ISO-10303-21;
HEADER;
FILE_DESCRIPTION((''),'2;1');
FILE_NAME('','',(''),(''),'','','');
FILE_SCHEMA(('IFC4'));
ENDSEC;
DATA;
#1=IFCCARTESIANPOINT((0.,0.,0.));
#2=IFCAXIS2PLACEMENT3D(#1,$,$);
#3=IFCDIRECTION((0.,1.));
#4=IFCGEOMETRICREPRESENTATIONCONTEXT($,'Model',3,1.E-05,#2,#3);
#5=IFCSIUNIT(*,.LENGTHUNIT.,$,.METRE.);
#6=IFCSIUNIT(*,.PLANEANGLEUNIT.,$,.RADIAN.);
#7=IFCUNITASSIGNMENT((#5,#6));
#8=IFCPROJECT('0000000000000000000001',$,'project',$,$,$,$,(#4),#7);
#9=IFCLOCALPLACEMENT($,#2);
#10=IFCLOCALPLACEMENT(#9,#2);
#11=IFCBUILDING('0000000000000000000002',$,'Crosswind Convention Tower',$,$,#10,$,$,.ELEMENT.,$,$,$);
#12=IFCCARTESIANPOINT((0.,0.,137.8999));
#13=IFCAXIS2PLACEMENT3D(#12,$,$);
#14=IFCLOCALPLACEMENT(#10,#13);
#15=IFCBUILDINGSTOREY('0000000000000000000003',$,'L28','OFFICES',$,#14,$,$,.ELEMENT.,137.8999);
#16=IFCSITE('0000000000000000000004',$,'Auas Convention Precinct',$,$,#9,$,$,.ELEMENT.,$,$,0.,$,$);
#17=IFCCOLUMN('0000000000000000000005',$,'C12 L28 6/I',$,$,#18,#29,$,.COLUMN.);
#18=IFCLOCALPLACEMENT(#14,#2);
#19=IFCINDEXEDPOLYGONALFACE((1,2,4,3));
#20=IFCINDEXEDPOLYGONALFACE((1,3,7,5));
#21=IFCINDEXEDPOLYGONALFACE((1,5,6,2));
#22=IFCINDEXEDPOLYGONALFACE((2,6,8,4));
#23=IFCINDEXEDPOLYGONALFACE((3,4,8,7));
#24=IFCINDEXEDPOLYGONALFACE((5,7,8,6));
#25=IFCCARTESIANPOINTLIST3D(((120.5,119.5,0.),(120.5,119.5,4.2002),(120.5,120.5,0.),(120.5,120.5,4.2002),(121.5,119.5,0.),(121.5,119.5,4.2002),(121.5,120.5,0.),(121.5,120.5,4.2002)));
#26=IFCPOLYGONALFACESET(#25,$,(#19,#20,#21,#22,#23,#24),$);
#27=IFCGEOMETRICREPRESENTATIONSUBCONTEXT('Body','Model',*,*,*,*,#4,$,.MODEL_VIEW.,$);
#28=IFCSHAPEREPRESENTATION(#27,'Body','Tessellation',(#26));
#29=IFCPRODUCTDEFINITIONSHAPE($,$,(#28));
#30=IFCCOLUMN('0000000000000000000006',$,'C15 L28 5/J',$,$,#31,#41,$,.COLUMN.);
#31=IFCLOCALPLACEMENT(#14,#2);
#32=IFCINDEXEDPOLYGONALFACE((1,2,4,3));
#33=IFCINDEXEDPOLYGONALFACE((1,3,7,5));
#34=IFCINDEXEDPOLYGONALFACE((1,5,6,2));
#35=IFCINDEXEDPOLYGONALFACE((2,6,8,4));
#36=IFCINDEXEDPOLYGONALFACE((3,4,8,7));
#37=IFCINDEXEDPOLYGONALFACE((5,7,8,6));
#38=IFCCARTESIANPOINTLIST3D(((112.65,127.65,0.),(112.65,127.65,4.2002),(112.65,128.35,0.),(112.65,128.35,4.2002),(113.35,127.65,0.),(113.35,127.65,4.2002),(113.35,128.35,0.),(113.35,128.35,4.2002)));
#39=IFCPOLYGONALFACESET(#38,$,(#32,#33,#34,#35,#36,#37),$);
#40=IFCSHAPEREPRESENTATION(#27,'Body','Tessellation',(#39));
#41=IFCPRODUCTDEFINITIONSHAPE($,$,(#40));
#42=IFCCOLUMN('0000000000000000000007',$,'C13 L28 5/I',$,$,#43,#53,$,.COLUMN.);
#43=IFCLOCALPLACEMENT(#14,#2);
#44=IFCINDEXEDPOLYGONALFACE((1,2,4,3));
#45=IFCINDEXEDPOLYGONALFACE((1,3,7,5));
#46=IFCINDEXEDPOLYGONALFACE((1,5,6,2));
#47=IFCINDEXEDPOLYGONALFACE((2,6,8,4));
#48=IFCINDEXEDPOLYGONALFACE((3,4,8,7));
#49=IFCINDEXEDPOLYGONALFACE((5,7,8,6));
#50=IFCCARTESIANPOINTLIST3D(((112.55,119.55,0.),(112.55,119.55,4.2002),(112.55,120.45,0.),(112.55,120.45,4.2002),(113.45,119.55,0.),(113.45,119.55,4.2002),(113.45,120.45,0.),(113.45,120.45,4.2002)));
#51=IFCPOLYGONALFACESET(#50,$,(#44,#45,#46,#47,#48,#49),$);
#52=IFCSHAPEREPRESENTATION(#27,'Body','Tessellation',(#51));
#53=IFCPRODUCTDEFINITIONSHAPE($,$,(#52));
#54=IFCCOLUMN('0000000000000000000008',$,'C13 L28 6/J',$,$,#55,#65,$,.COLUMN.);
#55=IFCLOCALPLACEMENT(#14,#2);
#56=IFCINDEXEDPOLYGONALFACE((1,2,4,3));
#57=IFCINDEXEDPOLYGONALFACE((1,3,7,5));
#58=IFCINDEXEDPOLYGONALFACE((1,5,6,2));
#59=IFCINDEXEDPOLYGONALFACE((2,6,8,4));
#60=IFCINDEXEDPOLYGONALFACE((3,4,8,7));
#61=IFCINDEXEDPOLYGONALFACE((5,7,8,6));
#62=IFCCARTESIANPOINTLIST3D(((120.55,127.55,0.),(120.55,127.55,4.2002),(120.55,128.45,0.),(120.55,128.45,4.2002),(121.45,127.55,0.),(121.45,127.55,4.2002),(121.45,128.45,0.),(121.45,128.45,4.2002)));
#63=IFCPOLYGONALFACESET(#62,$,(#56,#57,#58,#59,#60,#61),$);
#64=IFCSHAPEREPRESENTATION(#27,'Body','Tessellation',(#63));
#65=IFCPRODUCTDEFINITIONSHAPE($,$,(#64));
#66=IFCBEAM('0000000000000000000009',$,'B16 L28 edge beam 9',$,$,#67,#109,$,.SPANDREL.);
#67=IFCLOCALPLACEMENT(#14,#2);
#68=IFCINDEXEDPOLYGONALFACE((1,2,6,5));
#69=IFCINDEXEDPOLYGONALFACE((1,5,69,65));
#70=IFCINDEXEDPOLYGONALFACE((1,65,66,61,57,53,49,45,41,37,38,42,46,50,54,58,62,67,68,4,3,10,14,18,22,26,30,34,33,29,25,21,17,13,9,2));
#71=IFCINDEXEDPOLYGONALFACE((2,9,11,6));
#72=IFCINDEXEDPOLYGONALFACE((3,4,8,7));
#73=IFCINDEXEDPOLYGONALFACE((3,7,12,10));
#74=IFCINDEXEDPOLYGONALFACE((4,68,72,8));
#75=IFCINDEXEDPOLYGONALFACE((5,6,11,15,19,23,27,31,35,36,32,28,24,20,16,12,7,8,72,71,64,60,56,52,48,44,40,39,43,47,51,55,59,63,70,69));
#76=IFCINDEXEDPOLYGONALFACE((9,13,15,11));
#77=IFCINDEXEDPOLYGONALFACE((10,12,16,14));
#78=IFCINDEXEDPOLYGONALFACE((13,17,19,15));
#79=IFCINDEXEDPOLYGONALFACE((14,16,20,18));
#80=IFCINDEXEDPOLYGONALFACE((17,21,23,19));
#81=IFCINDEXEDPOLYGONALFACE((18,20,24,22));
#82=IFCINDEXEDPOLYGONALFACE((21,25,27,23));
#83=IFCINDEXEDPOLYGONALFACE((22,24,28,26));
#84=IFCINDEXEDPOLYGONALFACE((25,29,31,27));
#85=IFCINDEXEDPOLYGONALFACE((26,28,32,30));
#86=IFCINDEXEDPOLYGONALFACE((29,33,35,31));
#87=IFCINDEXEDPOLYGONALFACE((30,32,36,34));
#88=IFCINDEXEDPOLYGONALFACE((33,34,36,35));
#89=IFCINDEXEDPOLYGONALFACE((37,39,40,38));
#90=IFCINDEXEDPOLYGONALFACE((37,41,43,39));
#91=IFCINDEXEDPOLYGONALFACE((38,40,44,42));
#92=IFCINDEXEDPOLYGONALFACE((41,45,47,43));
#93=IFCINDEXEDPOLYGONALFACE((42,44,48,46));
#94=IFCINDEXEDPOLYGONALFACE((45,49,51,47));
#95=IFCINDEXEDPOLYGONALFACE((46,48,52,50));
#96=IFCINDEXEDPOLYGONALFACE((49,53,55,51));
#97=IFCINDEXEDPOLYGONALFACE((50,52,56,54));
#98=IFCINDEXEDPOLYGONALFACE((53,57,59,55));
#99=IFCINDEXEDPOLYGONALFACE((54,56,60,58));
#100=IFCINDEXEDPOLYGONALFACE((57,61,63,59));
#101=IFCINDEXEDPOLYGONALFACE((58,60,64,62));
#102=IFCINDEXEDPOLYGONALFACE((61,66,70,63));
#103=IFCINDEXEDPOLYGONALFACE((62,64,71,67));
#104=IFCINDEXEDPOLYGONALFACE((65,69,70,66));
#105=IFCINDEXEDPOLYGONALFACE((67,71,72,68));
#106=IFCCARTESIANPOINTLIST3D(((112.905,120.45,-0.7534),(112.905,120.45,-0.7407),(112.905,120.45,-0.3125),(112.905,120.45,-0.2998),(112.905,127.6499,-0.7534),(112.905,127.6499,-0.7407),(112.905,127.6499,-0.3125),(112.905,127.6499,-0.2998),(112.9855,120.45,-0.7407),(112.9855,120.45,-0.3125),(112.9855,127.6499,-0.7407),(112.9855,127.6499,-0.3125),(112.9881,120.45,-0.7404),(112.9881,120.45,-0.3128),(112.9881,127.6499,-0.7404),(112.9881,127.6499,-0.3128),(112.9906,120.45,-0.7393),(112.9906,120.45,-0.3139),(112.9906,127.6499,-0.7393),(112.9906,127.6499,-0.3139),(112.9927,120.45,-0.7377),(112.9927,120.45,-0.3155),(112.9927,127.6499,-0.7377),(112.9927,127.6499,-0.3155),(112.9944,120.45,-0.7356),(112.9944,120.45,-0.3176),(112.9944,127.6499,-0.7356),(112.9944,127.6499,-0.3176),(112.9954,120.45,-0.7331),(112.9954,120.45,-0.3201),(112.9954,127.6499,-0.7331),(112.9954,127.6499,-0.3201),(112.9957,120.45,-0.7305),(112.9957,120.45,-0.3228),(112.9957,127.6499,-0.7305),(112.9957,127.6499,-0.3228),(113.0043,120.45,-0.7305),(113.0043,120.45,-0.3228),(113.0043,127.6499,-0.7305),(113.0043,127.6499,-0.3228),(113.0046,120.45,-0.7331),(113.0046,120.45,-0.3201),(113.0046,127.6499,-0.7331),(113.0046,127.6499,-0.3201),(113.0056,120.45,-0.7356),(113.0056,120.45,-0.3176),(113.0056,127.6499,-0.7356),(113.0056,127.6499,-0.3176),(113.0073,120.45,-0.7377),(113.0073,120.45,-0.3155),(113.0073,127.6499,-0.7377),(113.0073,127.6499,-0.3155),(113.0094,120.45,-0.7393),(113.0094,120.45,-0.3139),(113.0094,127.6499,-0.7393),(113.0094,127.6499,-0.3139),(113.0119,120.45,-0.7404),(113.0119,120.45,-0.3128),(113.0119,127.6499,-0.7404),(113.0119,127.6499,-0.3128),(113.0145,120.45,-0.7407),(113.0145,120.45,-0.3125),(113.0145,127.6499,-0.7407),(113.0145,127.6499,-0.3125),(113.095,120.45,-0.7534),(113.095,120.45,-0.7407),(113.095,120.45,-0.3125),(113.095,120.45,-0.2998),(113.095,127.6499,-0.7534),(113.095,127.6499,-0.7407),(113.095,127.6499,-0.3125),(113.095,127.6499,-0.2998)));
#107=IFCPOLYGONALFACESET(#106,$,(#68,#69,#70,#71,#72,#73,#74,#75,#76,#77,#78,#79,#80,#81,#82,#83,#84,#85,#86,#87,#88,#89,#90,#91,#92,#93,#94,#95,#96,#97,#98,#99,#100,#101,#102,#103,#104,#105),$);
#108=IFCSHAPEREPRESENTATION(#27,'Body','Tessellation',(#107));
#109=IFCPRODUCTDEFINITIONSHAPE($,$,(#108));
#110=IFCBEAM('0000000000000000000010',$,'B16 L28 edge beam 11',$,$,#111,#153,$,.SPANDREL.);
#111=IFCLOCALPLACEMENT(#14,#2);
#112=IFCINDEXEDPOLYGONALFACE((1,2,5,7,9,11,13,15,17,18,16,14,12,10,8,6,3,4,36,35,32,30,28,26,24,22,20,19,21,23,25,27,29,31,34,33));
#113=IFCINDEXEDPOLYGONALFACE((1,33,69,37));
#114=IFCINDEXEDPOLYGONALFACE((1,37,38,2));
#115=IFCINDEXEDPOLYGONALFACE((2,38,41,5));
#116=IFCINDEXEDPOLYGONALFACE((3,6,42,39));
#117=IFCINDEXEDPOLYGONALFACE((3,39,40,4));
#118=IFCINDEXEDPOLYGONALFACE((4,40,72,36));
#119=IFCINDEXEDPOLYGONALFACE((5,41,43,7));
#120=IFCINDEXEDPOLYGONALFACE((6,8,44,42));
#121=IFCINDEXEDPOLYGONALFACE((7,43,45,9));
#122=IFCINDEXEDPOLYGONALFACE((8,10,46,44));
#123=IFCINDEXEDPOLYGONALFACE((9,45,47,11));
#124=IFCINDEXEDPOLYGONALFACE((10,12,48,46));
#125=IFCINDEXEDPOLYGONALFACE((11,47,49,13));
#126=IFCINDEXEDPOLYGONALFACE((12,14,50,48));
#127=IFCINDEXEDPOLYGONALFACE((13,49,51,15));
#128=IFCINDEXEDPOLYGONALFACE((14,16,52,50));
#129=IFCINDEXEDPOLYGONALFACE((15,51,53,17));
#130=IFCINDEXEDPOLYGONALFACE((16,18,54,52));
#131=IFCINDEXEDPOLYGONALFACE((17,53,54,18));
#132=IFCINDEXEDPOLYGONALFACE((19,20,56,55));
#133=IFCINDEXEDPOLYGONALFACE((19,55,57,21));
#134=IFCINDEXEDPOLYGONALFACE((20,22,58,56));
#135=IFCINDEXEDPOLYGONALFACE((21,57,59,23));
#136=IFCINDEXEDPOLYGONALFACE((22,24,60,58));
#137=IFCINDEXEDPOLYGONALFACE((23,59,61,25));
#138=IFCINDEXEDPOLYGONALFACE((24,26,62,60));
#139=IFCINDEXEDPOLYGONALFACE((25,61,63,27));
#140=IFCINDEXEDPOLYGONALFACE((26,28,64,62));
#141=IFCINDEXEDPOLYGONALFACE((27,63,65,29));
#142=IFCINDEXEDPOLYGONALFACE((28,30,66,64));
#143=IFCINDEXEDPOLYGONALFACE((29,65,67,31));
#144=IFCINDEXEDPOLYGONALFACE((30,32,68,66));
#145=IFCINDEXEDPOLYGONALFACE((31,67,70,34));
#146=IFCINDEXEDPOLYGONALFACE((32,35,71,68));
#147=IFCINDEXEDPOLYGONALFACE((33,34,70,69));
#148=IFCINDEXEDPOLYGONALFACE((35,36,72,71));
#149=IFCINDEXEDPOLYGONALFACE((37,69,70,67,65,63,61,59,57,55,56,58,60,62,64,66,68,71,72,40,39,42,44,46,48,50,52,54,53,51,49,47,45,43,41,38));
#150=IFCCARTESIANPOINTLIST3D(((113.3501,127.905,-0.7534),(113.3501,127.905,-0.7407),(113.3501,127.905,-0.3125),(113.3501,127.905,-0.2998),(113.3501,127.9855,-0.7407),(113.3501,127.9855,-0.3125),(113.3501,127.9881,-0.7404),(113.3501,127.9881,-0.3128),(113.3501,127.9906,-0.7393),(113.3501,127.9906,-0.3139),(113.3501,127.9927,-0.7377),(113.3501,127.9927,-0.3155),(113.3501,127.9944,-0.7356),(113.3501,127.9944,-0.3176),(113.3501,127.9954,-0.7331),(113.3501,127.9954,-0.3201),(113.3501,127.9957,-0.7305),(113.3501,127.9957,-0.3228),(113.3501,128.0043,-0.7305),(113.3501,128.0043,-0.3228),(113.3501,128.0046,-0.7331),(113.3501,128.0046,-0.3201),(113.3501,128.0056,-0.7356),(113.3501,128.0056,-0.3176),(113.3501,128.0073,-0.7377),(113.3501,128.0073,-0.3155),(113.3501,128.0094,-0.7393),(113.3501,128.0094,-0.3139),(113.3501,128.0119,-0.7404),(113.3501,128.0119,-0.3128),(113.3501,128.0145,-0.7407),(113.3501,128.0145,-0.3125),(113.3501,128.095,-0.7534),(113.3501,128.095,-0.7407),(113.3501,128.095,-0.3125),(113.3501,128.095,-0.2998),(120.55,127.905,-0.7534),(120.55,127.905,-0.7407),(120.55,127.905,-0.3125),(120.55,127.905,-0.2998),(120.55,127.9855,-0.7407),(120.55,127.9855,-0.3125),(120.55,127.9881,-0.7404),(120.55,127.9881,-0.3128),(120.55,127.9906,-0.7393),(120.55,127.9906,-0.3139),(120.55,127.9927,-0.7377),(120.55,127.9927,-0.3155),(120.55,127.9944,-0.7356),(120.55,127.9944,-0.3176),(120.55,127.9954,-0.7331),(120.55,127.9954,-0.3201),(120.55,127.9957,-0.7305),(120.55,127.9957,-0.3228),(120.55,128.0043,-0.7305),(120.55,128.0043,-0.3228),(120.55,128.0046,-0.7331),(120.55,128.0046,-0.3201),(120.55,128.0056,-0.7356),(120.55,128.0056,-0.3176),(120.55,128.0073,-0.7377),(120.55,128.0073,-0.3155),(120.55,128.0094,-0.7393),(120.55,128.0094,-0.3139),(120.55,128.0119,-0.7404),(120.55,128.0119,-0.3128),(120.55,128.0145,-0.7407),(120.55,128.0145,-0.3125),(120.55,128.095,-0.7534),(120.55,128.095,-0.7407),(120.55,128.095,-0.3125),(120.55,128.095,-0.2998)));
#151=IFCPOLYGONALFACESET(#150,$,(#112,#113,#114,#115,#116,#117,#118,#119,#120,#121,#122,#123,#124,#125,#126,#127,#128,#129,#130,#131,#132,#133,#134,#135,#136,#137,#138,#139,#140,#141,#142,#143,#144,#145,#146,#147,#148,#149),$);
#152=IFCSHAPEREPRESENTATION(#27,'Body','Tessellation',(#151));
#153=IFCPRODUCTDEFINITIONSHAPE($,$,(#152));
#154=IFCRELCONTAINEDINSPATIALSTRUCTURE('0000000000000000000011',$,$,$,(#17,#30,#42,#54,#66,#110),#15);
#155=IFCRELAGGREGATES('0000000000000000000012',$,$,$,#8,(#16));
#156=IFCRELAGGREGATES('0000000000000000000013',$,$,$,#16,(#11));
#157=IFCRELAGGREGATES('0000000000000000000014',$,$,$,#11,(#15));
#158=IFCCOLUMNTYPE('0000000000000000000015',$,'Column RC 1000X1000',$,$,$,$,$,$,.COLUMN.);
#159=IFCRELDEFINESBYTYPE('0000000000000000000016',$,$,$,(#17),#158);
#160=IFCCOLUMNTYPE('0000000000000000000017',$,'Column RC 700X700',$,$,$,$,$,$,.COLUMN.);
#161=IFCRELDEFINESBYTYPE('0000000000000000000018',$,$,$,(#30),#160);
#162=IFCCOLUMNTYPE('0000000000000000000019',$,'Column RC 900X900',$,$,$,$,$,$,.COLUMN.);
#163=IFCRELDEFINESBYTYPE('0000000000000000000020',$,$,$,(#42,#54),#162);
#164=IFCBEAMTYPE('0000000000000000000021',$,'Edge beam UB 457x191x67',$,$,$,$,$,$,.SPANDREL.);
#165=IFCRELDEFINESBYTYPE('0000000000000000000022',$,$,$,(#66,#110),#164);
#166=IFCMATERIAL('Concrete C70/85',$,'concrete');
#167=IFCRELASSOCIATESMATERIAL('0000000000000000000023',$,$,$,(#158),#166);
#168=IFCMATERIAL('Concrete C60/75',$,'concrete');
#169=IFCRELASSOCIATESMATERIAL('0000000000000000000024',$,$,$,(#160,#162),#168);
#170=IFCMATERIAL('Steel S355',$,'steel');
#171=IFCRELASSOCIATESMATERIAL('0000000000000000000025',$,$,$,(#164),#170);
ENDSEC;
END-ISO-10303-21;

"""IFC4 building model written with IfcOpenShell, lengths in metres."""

from ifc_helpers import new_model, si_unit, direction, frame, origin, origin_2d, place, context, subcontext, project, spatial, rectangle, i_section, extrude, material, material_profile, profile_set, type_object, element, save


model = new_model("IFC4")

# Units and contexts
model_context = context("Model", 3, precision=1e-05, world=origin(), true_north=direction((0.0, 1.0)))
body_context = subcontext(model_context, "Body", "Model", "MODEL_VIEW")
ifc_project = project(units=[si_unit("LENGTHUNIT", "METRE"), si_unit("PLANEANGLEUNIT", "RADIAN")], contexts=[model_context])

# Site, building, storey
site_placement = place(None, origin())
site = spatial("IfcSite", under=ifc_project, at=site_placement, Name="Auas Convention Precinct", CompositionType="ELEMENT", RefElevation=0.0)
building_placement = place(site_placement, origin())
building = spatial("IfcBuilding", under=site, at=building_placement, Name="Crosswind Convention Tower", CompositionType="ELEMENT")
storey_placement = place(building_placement, frame((0.0, 0.0, 137.8999)))
storey = spatial("IfcBuildingStorey", under=building, at=storey_placement, Name="L28", Description="OFFICES", CompositionType="ELEMENT", Elevation=137.8999)

# Columns
ifc_material_1 = material(Name="Concrete C70/85", Category="concrete")
ifc_material_profile_1 = material_profile(ifc_material_1, rectangle(XDim=1.0, YDim=1.0, at=origin_2d()), Name="RC 1000X1000")
ifc_profile_set_1 = profile_set([ifc_material_profile_1], Name="Concrete C70/85")
column_type_1 = type_object("IfcColumnType", Name="Column RC 1000X1000", PredefinedType="COLUMN", material=ifc_profile_set_1)
column_1_placement = place(storey_placement, frame((121.0, 120.0, 0.0), z_axis=(0.0, 0.0, 1.0), x_axis=(1.0, 0.0, 0.0)))
element("IfcColumn", 1, at=column_1_placement, inside=storey, type_object=column_type_1, Name="C12 L28 6/I", PredefinedType="COLUMN", context=body_context, shape_type="SweptSolid", body=[
    extrude(rectangle(XDim=1.0, YDim=1.0, at=origin_2d()), origin(), (0.0, 0.0, 1.0), 4.2002),
])
ifc_material_2 = material(Name="Concrete C60/75", Category="concrete")
ifc_material_profile_2 = material_profile(ifc_material_2, rectangle(XDim=0.7, YDim=0.7, at=origin_2d()), Name="RC 700X700")
ifc_profile_set_2 = profile_set([ifc_material_profile_2], Name="Concrete C60/75")
column_type_2 = type_object("IfcColumnType", Name="Column RC 700X700", PredefinedType="COLUMN", material=ifc_profile_set_2)
column_2_placement = place(storey_placement, frame((113.0, 128.0, 0.0), z_axis=(0.0, 0.0, 1.0), x_axis=(1.0, 0.0, 0.0)))
element("IfcColumn", 2, at=column_2_placement, inside=storey, type_object=column_type_2, Name="C15 L28 5/J", PredefinedType="COLUMN", context=body_context, shape_type="SweptSolid", body=[
    extrude(rectangle(XDim=0.7, YDim=0.7, at=origin_2d()), origin(), (0.0, 0.0, 1.0), 4.2002),
])
ifc_material_profile_3 = material_profile(ifc_material_2, rectangle(XDim=0.8999, YDim=0.8999, at=origin_2d()), Name="RC 900X900")
ifc_profile_set_3 = profile_set([ifc_material_profile_3], Name="Concrete C60/75")
column_type_3 = type_object("IfcColumnType", Name="Column RC 900X900", PredefinedType="COLUMN", material=ifc_profile_set_3)
for number, where, z_axis, x_axis, name in (
    (3, (113.0, 120.0, 0.0), (0.0, 0.0, 1.0), (1.0, 0.0, 0.0), "C13 L28 5/I"),
    (4, (121.0, 128.0, 0.0), (0.0, 0.0, 1.0), (1.0, 0.0, 0.0), "C13 L28 6/J"),
):
    element("IfcColumn", number, at=place(storey_placement, frame(where, z_axis=z_axis, x_axis=x_axis)), inside=storey, type_object=column_type_3, Name=name, PredefinedType="COLUMN", context=body_context, shape_type="SweptSolid", body=[
        extrude(rectangle(XDim=0.8999, YDim=0.8999, at=origin_2d()), origin(), (0.0, 0.0, 1.0), 4.2002),
    ])

# Beams
ifc_material_3 = material(Name="Steel S355", Category="steel")
ifc_material_profile_4 = material_profile(ifc_material_3, i_section(OverallWidth=0.1899, OverallDepth=0.4536, WebThickness=0.0085, FlangeThickness=0.0127, FilletRadius=0.0103, at=origin_2d()), Name="UB 457x191x67")
ifc_profile_set_4 = profile_set([ifc_material_profile_4], Name="Steel S355")
beam_type_1 = type_object("IfcBeamType", Name="Edge beam UB 457x191x67", PredefinedType="SPANDREL", material=ifc_profile_set_4)
for number, where, z_axis, x_axis, name in (
    (5, (113.0, 120.45, -0.5266), (0.0, 1.0, 0.0), (-1.0, 0.0, 0.0), "B16 L28 edge beam 9"),
    (6, (113.3501, 128.0, -0.5266), (1.0, 0.0, 0.0), (0.0, 1.0, 0.0), "B16 L28 edge beam 11"),
):
    element("IfcBeam", number, at=place(storey_placement, frame(where, z_axis=z_axis, x_axis=x_axis)), inside=storey, type_object=beam_type_1, Name=name, PredefinedType="SPANDREL", context=body_context, shape_type="SweptSolid", body=[
        extrude(i_section(OverallWidth=0.1899, OverallDepth=0.4536, WebThickness=0.0085, FlangeThickness=0.0127, FilletRadius=0.0103, at=origin_2d()), origin(), (0.0, 0.0, 1.0), 7.2),
    ])

save(model, "model.ifc")
